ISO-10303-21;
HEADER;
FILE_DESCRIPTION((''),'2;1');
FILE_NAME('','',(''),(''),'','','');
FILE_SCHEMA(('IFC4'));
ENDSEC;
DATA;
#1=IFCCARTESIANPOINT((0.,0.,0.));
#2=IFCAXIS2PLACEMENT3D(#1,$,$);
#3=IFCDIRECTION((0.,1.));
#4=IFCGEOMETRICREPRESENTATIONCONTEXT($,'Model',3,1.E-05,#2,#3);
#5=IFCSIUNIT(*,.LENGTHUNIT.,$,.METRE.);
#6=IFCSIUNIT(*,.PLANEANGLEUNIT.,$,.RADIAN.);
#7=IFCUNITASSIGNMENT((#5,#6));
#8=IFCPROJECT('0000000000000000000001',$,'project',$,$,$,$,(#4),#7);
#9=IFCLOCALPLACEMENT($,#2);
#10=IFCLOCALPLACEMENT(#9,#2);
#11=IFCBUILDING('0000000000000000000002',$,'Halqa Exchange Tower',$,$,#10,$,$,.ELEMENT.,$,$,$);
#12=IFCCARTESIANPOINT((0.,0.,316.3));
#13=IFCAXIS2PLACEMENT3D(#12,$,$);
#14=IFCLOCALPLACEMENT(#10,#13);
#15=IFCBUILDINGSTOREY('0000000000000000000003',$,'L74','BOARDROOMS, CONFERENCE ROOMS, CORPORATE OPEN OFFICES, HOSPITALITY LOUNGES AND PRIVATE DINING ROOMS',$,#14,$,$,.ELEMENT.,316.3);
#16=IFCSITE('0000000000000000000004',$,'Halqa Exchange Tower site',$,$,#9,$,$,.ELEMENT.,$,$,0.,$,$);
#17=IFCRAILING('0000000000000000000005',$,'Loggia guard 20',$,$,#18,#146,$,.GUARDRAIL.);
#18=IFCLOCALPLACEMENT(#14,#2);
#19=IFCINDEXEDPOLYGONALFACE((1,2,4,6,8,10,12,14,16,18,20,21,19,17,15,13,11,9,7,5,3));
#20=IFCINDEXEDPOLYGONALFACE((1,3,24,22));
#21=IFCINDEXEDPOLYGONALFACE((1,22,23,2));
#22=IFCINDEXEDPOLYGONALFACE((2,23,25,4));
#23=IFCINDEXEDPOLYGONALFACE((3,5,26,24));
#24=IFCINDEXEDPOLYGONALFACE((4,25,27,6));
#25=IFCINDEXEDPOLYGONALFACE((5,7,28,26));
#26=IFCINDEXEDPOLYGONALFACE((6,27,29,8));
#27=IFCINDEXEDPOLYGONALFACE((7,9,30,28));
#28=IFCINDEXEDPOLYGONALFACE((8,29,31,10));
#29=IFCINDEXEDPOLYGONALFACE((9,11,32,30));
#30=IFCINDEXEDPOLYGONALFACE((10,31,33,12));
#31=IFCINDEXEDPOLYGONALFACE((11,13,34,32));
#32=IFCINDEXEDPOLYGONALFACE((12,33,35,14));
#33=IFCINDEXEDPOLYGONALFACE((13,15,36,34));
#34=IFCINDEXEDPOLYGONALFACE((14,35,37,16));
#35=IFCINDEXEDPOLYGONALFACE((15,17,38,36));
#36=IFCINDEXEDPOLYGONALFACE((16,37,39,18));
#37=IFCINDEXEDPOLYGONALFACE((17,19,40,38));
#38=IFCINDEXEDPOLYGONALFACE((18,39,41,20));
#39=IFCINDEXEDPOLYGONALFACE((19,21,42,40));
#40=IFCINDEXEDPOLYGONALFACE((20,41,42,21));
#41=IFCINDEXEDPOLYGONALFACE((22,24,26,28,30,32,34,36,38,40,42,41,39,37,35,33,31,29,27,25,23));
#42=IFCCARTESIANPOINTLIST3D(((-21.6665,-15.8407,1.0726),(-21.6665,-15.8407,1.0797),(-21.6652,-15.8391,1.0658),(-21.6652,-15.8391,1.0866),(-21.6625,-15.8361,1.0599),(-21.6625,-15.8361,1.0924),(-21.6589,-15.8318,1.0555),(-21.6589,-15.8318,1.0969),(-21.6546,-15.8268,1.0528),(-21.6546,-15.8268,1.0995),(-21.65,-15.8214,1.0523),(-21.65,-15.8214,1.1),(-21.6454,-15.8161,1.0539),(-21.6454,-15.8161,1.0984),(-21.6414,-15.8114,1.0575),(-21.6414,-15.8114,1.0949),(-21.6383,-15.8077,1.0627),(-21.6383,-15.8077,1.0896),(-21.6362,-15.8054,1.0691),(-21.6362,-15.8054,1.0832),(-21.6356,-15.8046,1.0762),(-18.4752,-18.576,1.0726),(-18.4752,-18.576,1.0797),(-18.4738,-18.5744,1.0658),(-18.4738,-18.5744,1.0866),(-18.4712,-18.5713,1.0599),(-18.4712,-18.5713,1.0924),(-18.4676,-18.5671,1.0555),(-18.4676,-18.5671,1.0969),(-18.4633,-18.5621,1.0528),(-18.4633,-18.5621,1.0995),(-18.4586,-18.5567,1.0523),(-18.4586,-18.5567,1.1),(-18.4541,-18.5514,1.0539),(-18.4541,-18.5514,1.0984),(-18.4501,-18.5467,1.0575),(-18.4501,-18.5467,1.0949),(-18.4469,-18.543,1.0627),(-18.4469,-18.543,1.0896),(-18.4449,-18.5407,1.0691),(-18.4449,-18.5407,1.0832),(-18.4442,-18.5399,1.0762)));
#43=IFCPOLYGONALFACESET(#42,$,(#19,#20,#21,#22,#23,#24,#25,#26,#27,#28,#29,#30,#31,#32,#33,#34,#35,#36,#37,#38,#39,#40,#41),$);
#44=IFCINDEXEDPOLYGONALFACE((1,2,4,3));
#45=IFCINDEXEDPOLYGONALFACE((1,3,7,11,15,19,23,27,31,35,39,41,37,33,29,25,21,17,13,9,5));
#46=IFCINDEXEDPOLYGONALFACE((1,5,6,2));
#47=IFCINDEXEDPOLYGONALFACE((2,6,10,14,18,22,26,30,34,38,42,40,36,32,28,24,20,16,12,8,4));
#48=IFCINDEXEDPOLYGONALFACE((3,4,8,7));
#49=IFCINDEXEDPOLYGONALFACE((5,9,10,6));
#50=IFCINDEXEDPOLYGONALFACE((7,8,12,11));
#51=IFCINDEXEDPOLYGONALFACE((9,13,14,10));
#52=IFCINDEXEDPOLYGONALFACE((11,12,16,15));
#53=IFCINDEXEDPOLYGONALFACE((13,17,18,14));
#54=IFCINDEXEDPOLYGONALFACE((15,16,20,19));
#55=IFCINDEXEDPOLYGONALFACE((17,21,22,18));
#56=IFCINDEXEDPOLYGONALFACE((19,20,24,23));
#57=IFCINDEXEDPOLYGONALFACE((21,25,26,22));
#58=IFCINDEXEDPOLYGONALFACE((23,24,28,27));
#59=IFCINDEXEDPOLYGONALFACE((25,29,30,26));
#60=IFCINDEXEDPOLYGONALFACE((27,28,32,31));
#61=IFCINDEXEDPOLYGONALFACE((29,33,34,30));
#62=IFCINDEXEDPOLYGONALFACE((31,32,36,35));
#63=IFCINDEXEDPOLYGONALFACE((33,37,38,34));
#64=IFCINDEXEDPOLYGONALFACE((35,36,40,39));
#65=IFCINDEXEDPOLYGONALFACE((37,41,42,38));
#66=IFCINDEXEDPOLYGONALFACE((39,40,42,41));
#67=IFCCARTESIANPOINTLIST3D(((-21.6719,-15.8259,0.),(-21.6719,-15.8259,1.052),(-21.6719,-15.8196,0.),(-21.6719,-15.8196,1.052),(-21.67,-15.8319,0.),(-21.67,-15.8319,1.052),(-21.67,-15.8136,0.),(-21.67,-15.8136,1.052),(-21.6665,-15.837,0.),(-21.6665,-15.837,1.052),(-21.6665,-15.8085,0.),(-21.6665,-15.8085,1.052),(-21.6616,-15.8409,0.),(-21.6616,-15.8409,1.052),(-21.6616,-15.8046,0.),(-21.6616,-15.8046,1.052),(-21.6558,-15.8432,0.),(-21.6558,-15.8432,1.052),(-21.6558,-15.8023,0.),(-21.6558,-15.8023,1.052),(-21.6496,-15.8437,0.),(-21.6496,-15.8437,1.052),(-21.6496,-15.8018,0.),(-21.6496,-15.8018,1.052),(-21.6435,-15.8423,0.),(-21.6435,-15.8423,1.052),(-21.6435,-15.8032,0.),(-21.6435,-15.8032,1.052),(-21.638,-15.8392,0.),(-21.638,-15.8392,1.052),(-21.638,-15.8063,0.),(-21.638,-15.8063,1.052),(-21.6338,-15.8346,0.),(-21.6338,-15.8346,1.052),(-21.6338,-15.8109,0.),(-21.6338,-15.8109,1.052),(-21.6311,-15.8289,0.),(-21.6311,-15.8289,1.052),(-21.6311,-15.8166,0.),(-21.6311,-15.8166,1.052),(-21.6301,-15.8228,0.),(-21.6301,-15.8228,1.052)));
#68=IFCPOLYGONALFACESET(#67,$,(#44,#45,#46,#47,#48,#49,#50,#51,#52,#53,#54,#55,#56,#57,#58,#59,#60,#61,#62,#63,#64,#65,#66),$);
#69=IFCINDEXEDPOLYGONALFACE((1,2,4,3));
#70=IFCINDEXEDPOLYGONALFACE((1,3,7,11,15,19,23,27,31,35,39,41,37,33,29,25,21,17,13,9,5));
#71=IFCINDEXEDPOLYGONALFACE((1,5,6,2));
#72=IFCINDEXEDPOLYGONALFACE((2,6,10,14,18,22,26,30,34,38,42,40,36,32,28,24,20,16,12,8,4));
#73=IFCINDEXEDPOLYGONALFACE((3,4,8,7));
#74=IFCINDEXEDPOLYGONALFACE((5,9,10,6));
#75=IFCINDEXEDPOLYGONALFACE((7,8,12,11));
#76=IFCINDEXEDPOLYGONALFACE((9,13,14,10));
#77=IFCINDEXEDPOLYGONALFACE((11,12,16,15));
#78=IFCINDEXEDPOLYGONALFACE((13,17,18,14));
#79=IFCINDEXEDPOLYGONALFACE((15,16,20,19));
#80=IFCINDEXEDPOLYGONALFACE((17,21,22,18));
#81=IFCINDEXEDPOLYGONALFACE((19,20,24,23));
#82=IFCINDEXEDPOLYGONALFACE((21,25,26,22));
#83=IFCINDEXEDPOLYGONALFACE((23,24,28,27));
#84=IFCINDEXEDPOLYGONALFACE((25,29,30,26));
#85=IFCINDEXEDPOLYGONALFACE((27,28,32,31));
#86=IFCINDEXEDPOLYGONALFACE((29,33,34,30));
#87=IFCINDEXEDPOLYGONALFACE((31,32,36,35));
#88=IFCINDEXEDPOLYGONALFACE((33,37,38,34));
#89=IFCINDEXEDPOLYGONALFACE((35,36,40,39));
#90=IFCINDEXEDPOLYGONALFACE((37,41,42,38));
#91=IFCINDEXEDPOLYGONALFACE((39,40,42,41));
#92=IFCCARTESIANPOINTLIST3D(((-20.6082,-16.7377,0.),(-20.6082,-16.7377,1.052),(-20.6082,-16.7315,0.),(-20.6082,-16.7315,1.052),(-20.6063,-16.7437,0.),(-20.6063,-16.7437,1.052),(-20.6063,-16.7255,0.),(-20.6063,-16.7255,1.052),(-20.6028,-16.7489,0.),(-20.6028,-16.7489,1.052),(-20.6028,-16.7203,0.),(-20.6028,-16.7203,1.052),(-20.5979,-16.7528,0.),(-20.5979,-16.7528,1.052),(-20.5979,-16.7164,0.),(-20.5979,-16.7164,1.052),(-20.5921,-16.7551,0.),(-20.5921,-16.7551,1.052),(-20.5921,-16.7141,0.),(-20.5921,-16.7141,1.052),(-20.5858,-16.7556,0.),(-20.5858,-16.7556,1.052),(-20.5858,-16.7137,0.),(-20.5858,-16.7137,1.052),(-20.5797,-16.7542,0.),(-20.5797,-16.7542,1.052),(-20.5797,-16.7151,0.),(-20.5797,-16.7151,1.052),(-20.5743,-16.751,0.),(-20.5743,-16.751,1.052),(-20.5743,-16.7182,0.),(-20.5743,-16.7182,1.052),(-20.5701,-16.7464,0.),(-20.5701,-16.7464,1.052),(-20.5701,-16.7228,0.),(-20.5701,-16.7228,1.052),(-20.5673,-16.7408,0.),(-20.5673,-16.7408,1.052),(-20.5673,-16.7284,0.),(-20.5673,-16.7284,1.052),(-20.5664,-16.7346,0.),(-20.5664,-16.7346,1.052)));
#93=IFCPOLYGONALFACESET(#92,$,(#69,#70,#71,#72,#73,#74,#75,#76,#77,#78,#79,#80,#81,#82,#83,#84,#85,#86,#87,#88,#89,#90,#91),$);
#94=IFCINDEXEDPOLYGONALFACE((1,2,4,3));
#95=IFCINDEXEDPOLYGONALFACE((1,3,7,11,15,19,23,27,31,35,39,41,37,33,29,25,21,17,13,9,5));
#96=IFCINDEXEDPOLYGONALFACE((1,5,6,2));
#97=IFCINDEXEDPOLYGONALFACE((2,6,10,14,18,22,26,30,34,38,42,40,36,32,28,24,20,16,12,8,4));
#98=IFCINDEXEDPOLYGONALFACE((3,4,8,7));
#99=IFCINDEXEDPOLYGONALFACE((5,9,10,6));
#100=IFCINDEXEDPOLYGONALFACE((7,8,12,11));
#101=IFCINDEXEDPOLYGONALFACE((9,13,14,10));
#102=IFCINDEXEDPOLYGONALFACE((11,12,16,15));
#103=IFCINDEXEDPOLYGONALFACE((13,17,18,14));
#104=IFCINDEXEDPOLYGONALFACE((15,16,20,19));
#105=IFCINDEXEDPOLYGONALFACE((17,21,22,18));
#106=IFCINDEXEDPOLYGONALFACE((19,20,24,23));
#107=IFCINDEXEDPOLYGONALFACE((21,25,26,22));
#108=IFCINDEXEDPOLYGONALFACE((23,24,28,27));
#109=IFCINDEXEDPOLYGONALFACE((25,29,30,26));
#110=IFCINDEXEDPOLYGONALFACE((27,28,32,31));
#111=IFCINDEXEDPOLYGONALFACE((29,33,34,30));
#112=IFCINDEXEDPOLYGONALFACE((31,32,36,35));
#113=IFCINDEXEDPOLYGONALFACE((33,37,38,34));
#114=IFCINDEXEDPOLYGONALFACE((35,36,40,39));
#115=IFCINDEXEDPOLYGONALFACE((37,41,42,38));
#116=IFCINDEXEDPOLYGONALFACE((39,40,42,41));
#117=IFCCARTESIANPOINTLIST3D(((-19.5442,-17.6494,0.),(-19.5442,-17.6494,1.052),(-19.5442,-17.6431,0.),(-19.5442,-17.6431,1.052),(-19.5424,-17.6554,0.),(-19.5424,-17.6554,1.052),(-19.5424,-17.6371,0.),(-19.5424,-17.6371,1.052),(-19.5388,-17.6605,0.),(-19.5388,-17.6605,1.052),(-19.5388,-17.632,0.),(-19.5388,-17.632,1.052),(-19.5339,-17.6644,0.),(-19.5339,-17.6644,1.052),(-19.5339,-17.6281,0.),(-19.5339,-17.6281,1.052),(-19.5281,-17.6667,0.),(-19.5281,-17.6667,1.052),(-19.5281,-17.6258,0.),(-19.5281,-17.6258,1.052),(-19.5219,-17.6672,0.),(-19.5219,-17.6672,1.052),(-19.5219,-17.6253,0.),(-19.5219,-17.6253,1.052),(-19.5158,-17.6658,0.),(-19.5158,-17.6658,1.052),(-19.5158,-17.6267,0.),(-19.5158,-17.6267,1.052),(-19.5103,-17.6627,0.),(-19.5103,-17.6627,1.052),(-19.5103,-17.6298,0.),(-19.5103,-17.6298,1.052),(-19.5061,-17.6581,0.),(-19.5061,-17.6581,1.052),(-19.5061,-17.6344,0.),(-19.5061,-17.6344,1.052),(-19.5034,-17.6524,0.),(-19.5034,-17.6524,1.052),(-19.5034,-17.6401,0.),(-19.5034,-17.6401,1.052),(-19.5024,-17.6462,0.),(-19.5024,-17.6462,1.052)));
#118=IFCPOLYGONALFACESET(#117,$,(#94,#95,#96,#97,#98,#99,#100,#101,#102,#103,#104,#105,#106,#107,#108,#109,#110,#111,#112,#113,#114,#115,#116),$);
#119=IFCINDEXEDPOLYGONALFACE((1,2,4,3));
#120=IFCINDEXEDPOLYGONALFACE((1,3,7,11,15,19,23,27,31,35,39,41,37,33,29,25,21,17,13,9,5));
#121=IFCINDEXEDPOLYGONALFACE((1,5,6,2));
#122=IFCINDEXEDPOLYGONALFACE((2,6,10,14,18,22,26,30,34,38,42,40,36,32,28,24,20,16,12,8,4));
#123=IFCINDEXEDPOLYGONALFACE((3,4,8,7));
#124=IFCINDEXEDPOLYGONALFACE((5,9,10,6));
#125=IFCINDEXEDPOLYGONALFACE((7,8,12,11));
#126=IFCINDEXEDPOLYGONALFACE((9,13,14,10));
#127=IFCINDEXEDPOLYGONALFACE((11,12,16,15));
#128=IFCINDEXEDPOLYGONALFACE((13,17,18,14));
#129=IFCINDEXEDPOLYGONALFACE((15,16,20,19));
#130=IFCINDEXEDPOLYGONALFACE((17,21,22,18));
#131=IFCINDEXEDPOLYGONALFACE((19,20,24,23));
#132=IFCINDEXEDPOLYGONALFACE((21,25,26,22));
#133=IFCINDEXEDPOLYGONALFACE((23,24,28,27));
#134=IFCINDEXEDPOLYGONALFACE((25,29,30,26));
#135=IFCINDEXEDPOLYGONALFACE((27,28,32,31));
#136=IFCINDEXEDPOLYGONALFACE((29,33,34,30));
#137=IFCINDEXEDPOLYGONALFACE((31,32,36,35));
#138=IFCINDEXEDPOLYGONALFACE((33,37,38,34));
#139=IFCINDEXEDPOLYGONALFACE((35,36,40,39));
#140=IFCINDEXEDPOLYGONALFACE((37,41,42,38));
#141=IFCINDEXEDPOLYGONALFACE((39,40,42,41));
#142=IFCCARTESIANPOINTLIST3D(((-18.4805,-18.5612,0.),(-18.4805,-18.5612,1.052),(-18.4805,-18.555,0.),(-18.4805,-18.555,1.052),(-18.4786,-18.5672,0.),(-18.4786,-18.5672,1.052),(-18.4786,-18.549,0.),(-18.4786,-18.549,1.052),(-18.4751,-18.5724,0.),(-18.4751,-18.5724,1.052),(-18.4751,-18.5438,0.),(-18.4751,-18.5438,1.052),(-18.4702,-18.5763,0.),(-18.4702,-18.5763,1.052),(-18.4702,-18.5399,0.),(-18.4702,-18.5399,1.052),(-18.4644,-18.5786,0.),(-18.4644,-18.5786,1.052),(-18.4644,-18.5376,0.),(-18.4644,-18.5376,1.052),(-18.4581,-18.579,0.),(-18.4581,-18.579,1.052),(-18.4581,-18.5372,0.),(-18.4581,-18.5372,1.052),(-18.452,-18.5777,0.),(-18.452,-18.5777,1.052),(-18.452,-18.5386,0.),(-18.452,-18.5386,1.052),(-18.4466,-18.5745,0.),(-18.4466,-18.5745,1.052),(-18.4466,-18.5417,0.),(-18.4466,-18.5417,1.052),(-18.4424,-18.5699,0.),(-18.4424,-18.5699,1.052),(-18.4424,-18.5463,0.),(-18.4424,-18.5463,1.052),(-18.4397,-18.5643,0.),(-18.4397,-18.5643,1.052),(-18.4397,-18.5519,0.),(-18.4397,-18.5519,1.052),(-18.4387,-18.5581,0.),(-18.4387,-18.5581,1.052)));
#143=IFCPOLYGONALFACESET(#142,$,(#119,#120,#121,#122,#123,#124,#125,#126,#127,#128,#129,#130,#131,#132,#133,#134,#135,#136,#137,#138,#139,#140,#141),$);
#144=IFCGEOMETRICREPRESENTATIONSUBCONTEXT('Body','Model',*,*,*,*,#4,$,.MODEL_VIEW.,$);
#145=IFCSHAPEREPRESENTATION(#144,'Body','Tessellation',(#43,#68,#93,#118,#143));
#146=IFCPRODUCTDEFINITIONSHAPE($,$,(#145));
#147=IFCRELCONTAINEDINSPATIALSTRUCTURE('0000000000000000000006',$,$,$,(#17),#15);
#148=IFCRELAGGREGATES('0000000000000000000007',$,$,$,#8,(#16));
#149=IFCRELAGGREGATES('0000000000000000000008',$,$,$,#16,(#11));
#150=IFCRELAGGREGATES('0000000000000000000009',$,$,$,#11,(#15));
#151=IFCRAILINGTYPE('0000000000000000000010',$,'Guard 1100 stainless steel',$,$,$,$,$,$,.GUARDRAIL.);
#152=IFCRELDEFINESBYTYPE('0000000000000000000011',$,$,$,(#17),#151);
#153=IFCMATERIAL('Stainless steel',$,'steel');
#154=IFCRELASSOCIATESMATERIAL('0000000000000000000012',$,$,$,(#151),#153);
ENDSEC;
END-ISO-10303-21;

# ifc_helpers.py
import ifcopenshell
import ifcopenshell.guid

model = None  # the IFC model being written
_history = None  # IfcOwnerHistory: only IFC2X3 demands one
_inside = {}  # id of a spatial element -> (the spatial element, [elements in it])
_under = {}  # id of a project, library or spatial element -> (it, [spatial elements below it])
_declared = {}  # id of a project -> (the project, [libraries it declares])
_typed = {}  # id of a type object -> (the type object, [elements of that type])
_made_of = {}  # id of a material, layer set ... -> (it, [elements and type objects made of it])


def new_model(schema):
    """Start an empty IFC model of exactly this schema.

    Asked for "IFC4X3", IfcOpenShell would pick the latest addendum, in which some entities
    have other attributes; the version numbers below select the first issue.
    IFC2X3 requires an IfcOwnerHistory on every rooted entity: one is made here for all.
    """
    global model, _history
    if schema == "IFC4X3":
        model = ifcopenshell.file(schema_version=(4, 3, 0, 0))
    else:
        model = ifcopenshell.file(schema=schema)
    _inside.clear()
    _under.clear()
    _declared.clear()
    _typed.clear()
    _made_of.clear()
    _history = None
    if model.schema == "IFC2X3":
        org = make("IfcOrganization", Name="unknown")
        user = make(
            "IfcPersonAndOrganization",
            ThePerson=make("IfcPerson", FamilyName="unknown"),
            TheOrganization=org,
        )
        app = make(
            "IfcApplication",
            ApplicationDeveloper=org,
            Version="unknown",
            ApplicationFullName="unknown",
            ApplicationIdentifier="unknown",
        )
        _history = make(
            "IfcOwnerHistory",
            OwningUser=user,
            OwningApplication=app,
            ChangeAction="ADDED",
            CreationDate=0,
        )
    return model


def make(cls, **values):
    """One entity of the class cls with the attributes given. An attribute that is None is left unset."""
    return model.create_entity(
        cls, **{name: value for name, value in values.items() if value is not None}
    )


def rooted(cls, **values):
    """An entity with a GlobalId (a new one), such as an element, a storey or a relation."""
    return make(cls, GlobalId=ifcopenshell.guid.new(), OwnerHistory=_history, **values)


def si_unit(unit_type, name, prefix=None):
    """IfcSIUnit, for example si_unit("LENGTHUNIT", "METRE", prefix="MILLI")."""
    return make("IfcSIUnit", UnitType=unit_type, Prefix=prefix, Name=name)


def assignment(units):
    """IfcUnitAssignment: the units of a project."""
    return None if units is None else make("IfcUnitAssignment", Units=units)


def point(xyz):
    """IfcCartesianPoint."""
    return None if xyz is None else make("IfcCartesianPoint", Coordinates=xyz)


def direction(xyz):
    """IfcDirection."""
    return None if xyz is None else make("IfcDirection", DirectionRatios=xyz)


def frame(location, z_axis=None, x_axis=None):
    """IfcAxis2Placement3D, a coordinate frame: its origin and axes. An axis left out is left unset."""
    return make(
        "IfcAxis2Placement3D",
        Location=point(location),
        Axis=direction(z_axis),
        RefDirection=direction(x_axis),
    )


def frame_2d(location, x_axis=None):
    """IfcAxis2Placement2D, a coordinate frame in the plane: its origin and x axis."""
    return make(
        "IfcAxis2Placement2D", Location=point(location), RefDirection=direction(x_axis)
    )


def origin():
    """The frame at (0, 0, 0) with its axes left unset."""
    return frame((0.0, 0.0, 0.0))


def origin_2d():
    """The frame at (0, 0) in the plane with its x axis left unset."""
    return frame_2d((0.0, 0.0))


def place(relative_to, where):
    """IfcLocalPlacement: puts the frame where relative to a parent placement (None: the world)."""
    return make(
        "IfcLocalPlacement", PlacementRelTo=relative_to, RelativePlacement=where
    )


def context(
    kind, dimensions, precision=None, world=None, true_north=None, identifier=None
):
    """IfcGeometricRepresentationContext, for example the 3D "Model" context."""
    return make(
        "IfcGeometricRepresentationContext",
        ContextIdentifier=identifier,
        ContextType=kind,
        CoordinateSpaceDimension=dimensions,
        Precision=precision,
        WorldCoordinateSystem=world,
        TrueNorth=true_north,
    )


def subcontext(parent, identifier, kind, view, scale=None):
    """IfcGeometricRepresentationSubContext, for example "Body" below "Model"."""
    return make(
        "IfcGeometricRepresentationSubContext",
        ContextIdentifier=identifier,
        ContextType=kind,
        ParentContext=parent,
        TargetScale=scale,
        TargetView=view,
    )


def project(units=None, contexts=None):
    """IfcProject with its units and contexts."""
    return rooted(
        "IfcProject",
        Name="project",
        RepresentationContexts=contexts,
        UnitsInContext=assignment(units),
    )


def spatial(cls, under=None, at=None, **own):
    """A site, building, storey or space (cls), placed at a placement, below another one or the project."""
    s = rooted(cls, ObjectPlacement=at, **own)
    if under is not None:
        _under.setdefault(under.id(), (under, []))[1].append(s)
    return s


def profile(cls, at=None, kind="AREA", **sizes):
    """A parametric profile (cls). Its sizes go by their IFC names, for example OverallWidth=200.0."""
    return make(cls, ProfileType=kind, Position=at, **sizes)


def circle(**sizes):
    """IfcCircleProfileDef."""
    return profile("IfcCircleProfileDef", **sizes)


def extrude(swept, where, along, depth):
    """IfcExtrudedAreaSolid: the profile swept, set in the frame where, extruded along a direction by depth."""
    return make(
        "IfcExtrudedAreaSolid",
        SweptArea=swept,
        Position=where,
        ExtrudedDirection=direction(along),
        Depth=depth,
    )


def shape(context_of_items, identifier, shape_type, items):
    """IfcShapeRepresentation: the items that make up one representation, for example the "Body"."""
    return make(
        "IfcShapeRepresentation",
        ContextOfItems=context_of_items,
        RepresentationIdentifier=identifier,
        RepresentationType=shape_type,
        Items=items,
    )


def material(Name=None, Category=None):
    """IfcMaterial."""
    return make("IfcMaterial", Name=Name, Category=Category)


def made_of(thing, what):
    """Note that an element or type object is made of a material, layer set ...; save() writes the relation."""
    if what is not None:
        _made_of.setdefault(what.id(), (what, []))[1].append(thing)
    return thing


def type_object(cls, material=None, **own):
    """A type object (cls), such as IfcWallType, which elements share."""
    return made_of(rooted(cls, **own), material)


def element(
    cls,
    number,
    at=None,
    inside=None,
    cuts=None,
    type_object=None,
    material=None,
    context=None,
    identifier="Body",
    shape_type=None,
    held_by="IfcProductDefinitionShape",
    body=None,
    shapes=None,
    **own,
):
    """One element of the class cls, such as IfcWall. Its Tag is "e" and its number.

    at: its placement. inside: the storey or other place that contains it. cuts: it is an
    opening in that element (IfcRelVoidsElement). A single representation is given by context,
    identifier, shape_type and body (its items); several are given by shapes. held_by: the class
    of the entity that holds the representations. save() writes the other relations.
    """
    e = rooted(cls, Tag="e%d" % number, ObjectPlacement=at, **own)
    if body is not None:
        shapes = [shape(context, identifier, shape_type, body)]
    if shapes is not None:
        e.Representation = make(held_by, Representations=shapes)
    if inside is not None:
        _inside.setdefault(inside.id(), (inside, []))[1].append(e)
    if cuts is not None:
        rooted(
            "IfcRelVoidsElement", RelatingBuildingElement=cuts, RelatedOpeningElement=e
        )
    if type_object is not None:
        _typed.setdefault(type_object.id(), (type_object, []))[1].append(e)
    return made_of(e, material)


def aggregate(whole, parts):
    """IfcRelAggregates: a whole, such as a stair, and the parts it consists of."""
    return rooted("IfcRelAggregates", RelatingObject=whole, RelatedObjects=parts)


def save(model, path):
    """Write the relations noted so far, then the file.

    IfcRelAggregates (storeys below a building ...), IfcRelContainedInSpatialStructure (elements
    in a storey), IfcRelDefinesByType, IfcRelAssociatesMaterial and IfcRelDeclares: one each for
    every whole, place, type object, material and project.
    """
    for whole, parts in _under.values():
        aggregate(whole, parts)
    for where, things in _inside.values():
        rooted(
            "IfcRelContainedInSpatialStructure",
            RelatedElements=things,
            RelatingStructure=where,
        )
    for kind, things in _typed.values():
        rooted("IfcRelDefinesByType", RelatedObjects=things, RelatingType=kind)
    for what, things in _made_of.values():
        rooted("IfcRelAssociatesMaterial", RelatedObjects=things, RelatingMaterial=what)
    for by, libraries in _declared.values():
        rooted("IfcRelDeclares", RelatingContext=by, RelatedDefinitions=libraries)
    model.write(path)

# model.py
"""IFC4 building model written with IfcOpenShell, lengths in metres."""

from ifc_helpers import new_model, si_unit, direction, frame, origin, origin_2d, place, context, subcontext, project, spatial, circle, extrude, material, type_object, element, save


model = new_model("IFC4")

# Units and contexts
model_context = context("Model", 3, precision=1e-05, world=origin(), true_north=direction((0.0, 1.0)))
body_context = subcontext(model_context, "Body", "Model", "MODEL_VIEW")
ifc_project = project(units=[si_unit("LENGTHUNIT", "METRE"), si_unit("PLANEANGLEUNIT", "RADIAN")], contexts=[model_context])

# Site, building, storey
site_placement = place(None, origin())
site = spatial("IfcSite", under=ifc_project, at=site_placement, Name="Halqa Exchange Tower site", CompositionType="ELEMENT", RefElevation=0.0)
building_placement = place(site_placement, origin())
building = spatial("IfcBuilding", under=site, at=building_placement, Name="Halqa Exchange Tower", CompositionType="ELEMENT")
storey_placement = place(building_placement, frame((0.0, 0.0, 316.3)))
storey = spatial("IfcBuildingStorey", under=building, at=storey_placement, Name="L74", Description="BOARDROOMS, CONFERENCE ROOMS, CORPORATE OPEN OFFICES, HOSPITALITY LOUNGES AND PRIVATE DINING ROOMS", CompositionType="ELEMENT", Elevation=316.3)

# Railing
ifc_material_1 = material(Name="Stainless steel", Category="steel")
railing_type = type_object("IfcRailingType", Name="Guard 1100 stainless steel", PredefinedType="GUARDRAIL", material=ifc_material_1)
railing_1_placement = place(storey_placement, frame((-21.6511, -15.8228, 0.0)))
element("IfcRailing", 1, at=railing_1_placement, inside=storey, type_object=railing_type, Name="Loggia guard 20", PredefinedType="GUARDRAIL", context=body_context, shape_type="SweptSolid", body=[
    extrude(circle(Radius=0.0239, at=origin_2d()), frame((0.0, 0.0, 1.0762), z_axis=(0.759273, -0.650772, 0.0), x_axis=(0.650772, 0.759273, 0.0)), (0.0, 0.0, 1.0), 4.2031),
    extrude(circle(Radius=0.021, at=origin_2d()), origin(), (0.0, 0.0, 1.0), 1.052),
    extrude(circle(Radius=0.021, at=origin_2d()), frame((1.0637, -0.9119, 0.0)), (0.0, 0.0, 1.0), 1.052),
    extrude(circle(Radius=0.021, at=origin_2d()), frame((2.1277, -1.8235, 0.0)), (0.0, 0.0, 1.0), 1.052),
    extrude(circle(Radius=0.021, at=origin_2d()), frame((3.1914, -2.7354, 0.0)), (0.0, 0.0, 1.0), 1.052),
])

save(model, "model.ifc")
